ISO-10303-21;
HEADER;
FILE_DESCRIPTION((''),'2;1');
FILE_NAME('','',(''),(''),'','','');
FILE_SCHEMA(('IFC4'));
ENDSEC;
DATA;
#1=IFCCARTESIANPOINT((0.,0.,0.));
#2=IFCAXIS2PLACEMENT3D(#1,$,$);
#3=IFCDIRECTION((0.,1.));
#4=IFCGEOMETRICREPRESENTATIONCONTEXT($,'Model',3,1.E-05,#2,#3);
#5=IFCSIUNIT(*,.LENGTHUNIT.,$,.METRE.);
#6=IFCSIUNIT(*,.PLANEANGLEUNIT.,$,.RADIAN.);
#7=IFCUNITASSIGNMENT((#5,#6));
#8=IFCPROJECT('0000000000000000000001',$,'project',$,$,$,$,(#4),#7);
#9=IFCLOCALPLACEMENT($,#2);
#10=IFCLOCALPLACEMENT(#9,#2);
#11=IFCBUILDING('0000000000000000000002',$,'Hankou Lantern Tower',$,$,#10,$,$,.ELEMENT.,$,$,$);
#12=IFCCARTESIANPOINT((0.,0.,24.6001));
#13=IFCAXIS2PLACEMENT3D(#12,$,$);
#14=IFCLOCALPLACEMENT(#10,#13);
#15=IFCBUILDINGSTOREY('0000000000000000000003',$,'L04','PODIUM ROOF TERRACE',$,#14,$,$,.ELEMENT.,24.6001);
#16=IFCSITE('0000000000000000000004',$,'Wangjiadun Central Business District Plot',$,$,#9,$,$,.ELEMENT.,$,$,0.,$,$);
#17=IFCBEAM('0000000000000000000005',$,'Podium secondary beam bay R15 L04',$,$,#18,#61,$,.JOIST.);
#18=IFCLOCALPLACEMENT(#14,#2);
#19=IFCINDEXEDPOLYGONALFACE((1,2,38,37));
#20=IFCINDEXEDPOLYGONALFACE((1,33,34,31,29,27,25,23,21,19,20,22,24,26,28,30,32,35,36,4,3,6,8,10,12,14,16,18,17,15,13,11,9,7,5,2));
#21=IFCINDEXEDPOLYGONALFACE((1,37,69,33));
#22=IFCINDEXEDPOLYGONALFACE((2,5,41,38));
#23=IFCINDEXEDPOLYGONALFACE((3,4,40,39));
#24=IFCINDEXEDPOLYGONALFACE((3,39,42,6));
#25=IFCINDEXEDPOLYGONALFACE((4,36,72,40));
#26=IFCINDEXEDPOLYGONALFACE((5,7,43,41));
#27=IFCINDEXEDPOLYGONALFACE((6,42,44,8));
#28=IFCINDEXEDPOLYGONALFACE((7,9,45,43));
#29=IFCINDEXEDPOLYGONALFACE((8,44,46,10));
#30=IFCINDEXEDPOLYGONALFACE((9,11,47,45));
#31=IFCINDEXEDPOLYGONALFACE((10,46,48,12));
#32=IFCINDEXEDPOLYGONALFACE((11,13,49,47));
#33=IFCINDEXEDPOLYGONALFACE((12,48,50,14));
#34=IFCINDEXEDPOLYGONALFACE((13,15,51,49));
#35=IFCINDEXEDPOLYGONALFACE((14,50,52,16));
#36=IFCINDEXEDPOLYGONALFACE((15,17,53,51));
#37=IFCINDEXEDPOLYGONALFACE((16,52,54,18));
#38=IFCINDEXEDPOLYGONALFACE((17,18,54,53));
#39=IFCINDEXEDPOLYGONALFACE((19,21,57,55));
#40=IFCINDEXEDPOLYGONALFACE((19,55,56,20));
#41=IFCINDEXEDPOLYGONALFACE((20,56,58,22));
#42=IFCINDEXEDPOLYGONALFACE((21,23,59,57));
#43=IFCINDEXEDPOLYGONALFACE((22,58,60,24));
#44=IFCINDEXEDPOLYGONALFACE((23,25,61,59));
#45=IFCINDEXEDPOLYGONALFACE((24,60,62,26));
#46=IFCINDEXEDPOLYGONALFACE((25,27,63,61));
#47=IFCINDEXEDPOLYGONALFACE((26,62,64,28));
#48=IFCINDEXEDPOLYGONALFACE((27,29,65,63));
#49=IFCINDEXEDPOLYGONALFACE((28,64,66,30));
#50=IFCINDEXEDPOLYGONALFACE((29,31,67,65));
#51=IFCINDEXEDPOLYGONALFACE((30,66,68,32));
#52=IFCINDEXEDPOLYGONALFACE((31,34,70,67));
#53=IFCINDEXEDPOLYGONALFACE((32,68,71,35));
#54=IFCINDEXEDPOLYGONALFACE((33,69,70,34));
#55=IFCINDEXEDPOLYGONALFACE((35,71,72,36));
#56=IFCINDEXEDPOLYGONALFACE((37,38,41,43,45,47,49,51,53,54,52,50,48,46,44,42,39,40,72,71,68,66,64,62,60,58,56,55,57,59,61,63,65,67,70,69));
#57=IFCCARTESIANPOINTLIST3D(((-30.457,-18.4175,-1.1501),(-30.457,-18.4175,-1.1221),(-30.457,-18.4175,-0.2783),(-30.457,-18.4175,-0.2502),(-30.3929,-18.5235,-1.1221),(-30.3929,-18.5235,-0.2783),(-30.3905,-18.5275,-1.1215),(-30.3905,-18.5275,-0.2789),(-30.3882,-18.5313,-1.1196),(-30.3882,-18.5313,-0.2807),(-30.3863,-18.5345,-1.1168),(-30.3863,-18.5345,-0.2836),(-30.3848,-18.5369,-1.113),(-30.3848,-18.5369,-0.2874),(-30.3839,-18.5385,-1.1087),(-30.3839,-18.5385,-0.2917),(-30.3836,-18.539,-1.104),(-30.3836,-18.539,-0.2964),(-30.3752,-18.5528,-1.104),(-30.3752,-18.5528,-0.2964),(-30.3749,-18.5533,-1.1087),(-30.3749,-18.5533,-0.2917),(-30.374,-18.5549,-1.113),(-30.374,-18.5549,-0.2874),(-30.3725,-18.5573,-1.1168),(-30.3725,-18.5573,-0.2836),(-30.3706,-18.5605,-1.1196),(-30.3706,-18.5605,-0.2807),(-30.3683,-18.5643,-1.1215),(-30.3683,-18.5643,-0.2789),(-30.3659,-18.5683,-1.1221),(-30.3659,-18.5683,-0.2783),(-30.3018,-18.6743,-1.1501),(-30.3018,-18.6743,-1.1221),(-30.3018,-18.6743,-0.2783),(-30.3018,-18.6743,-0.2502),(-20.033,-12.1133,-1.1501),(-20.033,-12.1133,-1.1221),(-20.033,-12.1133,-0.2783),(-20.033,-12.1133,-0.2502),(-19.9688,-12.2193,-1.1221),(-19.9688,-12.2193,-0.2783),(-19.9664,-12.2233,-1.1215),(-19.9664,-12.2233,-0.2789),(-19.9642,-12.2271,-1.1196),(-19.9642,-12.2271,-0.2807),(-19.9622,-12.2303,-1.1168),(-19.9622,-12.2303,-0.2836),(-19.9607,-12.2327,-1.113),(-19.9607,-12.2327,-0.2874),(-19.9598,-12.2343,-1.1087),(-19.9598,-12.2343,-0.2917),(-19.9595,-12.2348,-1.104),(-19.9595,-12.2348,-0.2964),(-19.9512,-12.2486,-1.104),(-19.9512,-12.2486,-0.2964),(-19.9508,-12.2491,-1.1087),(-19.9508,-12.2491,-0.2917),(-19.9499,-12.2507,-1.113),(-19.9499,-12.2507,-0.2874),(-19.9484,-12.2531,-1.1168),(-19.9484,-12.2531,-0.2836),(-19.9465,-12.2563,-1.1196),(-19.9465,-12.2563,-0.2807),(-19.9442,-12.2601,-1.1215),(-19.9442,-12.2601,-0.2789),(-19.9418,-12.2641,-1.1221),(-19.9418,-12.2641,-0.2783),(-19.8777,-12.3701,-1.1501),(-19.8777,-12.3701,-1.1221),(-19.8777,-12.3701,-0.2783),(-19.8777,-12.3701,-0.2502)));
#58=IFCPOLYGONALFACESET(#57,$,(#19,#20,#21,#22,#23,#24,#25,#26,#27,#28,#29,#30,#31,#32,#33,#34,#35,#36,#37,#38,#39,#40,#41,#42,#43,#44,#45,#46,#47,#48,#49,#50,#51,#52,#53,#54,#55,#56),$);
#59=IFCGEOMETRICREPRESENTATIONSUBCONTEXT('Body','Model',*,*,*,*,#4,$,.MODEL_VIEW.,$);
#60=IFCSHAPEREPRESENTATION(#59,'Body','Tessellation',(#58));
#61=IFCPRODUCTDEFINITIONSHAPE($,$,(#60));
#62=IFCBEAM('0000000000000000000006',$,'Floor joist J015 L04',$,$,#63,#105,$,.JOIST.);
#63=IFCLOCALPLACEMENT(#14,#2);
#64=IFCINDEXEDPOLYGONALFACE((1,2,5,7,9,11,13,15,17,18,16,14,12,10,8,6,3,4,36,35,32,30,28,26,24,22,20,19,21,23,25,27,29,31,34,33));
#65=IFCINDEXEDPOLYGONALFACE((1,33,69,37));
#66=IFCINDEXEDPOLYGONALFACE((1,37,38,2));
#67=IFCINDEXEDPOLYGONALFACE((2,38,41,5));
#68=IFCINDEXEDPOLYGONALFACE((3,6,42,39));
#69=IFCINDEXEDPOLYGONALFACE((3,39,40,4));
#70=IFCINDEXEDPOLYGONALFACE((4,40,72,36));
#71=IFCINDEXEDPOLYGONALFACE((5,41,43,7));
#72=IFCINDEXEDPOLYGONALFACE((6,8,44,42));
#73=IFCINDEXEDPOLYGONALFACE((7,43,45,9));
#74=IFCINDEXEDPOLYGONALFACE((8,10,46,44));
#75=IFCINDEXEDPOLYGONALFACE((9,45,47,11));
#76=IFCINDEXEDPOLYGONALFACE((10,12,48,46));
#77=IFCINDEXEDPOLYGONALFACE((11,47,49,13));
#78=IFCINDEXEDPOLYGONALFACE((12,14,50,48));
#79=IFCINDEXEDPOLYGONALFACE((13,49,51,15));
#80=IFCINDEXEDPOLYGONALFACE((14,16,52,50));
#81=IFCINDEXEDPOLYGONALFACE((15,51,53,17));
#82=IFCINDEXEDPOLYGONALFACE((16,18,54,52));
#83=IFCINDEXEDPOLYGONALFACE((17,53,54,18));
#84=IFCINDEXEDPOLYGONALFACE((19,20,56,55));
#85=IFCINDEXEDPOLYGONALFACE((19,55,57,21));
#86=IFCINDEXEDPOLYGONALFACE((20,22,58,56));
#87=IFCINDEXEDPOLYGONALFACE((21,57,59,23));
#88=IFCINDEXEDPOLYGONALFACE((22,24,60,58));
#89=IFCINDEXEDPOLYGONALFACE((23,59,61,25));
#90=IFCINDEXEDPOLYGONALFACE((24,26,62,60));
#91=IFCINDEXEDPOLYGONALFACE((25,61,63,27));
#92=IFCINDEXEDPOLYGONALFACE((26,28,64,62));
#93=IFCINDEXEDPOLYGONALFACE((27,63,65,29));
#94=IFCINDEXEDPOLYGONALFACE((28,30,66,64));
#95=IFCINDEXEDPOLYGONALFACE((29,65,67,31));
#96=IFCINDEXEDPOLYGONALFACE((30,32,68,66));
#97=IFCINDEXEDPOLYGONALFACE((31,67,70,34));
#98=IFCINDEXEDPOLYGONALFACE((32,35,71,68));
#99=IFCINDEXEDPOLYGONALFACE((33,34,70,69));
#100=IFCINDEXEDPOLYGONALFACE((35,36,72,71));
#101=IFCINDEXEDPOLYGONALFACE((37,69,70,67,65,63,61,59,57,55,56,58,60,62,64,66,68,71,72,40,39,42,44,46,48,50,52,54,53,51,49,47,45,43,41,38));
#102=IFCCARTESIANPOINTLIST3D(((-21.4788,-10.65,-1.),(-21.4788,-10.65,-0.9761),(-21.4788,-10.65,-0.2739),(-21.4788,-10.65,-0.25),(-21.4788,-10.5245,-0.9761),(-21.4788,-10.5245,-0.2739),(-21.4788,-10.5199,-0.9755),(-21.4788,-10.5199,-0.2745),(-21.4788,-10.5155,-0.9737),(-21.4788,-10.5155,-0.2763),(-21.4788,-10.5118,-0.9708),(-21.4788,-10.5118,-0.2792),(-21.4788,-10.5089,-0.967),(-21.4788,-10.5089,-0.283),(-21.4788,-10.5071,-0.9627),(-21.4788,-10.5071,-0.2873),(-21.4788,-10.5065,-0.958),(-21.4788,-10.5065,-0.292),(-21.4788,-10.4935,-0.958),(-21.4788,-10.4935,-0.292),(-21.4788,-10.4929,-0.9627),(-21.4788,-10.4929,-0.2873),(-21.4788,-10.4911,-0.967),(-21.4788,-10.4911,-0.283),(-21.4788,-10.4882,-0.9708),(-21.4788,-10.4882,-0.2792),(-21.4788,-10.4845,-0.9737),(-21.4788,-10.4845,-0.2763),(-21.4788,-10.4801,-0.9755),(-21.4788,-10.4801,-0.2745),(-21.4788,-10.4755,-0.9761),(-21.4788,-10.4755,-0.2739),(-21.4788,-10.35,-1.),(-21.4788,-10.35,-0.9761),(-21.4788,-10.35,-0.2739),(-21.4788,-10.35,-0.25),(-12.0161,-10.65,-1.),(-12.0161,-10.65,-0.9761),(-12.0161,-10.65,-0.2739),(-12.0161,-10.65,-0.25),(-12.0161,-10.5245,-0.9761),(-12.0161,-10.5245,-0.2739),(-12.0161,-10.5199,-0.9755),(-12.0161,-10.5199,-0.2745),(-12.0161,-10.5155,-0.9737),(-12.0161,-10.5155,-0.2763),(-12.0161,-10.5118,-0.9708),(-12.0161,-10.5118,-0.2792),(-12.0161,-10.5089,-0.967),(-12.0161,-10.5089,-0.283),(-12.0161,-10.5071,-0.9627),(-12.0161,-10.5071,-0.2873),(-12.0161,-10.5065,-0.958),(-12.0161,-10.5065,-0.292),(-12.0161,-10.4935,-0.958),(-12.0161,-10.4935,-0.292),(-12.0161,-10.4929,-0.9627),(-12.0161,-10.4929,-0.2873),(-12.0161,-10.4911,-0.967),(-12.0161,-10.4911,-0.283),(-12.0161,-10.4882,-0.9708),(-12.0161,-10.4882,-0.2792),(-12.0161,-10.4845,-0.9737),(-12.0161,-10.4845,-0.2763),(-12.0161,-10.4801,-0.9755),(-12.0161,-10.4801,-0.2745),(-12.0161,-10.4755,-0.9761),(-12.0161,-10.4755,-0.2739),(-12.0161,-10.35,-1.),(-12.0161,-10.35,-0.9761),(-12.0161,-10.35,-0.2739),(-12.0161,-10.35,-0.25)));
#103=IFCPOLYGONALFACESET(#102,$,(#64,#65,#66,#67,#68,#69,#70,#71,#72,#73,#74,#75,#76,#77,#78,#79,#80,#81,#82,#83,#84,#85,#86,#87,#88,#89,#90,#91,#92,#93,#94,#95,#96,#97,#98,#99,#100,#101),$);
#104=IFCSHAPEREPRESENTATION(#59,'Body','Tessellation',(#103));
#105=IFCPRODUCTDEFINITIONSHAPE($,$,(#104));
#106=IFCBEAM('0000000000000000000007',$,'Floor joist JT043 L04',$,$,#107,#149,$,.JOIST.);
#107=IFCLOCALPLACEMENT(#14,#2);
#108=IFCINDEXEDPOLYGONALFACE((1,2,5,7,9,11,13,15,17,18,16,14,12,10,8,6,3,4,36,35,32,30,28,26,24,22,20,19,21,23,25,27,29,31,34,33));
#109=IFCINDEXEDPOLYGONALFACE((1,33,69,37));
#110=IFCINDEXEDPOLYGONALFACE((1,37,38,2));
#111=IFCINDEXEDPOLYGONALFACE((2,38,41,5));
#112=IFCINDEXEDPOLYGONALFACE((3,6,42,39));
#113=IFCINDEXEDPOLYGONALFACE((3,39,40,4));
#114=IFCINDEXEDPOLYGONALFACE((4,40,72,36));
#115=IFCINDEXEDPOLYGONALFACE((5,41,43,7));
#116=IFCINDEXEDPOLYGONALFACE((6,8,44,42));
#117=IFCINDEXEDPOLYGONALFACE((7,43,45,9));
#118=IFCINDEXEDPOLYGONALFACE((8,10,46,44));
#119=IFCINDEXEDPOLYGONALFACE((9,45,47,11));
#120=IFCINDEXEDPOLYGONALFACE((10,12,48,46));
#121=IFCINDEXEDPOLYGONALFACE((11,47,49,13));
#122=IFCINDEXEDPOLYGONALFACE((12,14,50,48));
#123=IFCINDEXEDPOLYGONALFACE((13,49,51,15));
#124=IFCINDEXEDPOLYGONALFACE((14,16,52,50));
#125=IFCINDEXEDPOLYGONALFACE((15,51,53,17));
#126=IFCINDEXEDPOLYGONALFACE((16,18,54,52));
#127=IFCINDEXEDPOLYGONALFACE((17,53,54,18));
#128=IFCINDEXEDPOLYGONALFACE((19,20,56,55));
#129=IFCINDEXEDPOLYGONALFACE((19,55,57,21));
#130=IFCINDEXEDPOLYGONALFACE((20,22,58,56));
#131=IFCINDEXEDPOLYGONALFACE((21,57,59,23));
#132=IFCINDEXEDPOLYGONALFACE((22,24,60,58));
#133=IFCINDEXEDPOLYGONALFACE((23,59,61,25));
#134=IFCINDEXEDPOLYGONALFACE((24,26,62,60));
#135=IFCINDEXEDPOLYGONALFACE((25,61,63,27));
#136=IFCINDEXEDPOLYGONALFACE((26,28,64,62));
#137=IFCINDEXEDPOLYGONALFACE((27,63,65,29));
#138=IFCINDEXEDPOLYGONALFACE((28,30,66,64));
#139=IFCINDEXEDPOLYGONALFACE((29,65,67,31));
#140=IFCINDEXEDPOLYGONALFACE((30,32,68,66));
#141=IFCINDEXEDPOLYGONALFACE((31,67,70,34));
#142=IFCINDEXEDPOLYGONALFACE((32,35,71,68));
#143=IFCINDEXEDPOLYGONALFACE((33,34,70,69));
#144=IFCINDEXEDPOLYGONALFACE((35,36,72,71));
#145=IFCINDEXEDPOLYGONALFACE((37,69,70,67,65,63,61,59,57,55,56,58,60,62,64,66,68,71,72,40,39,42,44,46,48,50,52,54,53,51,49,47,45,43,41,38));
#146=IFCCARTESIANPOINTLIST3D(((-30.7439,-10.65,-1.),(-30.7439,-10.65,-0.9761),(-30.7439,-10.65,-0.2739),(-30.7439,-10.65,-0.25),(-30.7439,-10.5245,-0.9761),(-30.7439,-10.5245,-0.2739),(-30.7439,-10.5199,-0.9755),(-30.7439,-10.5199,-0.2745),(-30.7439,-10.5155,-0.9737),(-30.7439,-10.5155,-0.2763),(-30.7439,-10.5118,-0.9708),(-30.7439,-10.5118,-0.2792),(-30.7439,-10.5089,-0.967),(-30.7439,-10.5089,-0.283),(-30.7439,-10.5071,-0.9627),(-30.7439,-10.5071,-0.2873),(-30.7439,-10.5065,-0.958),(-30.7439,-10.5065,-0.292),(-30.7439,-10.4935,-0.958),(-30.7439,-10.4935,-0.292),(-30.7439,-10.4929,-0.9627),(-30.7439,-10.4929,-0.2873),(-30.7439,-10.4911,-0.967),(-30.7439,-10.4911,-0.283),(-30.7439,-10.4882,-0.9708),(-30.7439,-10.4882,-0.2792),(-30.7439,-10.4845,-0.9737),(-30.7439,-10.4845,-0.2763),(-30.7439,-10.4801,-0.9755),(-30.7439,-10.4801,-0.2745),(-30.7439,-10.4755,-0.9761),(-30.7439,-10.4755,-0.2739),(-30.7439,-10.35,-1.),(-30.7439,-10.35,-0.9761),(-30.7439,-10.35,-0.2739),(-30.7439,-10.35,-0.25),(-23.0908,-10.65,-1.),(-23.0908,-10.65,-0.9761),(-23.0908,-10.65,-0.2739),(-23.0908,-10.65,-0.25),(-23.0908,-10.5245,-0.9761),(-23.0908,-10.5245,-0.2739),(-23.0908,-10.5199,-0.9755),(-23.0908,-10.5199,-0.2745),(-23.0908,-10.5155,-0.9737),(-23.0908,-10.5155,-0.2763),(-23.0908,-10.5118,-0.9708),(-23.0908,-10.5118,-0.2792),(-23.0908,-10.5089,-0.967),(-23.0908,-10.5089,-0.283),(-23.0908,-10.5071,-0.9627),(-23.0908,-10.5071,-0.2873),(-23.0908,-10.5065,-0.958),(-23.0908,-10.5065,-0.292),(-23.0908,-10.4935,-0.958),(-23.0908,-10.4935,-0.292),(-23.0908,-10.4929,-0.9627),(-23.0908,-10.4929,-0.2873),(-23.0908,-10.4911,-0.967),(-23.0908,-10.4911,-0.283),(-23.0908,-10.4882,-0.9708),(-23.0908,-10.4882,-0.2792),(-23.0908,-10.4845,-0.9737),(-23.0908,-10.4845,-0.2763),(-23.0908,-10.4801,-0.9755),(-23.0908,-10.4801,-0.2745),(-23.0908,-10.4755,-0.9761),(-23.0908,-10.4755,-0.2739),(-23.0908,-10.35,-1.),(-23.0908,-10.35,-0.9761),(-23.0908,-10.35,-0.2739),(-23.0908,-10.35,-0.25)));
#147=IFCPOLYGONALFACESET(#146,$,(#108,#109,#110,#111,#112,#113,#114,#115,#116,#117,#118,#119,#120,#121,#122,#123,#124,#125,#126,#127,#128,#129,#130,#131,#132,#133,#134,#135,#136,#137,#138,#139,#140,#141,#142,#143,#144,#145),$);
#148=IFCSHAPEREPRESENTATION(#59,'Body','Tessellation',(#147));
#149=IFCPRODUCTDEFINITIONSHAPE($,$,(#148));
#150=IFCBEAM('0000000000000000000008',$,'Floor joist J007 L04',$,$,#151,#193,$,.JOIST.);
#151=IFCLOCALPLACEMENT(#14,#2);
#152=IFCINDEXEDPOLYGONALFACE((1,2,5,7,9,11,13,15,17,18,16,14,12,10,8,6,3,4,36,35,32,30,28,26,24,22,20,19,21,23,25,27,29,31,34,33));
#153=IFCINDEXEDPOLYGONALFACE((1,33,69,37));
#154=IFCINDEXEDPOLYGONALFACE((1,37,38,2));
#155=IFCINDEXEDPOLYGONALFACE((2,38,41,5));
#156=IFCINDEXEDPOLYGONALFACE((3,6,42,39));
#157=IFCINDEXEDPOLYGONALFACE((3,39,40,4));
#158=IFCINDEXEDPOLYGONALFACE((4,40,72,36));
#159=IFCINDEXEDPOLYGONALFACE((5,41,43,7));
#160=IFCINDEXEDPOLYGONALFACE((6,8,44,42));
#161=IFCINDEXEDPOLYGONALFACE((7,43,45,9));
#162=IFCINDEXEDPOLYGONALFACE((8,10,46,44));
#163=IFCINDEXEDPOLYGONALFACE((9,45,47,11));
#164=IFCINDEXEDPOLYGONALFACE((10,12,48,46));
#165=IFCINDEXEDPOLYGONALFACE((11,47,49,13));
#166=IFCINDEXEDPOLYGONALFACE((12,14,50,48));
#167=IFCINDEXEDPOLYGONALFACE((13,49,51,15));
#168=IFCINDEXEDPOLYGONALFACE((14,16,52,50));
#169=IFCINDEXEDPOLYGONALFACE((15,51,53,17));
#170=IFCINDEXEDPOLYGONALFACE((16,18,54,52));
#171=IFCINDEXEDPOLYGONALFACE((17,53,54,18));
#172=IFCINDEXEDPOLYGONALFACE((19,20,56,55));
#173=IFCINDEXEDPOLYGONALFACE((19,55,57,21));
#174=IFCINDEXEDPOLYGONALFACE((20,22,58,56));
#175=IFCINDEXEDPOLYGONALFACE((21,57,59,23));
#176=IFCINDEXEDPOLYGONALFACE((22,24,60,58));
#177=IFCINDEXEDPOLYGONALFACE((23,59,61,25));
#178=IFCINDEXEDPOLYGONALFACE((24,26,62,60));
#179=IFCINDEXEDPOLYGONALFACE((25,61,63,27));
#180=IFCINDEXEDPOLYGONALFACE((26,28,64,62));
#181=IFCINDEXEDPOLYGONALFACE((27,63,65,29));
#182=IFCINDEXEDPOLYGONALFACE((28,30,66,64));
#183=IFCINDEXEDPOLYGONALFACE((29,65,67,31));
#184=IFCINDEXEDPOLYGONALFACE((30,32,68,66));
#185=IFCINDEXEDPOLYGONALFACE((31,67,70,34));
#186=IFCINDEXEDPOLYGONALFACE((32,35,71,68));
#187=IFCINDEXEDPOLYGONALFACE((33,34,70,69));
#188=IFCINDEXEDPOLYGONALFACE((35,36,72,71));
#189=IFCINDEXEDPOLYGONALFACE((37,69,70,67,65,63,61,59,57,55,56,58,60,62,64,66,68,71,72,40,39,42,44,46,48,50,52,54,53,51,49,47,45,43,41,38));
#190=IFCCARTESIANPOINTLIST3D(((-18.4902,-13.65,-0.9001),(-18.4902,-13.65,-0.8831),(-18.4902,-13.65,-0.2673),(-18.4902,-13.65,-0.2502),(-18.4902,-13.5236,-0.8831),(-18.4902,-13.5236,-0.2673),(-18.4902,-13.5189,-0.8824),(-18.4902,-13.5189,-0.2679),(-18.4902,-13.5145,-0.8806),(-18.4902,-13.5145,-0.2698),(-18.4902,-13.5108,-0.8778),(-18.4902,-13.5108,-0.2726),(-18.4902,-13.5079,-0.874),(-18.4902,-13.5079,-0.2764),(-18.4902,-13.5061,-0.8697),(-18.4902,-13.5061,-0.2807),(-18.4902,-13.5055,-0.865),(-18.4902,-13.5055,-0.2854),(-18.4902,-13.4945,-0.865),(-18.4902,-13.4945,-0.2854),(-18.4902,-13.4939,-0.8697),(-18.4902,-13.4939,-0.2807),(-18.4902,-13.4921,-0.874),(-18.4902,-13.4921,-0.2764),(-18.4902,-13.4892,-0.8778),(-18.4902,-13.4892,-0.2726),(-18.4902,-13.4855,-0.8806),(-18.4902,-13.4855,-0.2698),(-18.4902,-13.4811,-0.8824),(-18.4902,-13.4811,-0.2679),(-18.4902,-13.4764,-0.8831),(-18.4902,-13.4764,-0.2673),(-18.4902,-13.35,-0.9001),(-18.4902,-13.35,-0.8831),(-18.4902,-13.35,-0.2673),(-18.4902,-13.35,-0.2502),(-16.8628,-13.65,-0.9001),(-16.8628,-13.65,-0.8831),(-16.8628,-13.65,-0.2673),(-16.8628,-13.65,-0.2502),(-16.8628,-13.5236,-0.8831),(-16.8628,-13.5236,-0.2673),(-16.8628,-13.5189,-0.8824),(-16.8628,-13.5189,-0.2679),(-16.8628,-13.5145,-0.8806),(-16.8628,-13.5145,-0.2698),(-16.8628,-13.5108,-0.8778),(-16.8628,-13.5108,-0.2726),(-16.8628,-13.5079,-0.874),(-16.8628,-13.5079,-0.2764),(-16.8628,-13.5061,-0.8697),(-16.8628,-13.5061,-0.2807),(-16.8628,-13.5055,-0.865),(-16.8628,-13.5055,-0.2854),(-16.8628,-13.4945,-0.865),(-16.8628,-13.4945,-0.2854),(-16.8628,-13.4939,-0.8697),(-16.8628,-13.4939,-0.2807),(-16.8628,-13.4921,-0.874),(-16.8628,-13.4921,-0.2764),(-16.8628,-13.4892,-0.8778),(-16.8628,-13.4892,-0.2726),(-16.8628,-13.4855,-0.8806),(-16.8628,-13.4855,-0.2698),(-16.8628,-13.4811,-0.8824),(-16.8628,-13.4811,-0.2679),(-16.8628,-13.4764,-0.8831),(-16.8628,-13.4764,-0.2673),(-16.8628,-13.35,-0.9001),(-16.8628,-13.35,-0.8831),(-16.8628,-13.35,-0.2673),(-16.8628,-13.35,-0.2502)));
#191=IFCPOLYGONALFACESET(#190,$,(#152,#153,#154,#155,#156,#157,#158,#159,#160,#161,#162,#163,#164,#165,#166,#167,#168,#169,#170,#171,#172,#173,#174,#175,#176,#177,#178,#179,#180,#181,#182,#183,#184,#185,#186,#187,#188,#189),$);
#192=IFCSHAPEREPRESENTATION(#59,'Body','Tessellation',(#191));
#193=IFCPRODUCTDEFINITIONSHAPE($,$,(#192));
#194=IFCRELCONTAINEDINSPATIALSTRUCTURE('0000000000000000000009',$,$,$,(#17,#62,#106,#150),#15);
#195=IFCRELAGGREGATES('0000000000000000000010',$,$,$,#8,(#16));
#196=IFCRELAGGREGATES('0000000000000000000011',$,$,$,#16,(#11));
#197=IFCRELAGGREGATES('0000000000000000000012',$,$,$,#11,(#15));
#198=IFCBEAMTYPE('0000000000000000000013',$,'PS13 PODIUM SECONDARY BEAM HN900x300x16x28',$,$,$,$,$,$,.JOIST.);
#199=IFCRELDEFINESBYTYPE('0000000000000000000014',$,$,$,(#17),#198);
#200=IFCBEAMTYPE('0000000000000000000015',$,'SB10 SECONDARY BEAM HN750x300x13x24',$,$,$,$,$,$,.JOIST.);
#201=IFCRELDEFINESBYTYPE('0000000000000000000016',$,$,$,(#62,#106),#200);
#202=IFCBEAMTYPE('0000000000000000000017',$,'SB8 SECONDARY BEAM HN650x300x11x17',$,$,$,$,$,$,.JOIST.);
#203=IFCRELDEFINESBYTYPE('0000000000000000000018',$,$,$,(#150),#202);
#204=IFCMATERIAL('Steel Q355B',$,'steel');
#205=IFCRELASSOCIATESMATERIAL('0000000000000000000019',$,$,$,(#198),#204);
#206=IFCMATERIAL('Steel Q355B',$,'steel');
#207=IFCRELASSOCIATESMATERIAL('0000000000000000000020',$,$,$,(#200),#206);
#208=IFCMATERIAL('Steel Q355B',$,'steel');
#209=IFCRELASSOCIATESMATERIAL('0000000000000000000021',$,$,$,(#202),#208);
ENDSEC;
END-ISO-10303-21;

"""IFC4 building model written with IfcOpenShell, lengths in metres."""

from ifc_helpers import new_model, si_unit, direction, frame, origin, origin_2d, place, context, subcontext, project, spatial, i_section, extrude, material, material_profile, profile_set, type_object, element, save


model = new_model("IFC4")

# Units and contexts
model_context = context("Model", 3, precision=1e-05, world=origin(), true_north=direction((0.0, 1.0)))
body_context = subcontext(model_context, "Body", "Model", "MODEL_VIEW")
ifc_project = project(units=[si_unit("LENGTHUNIT", "METRE"), si_unit("PLANEANGLEUNIT", "RADIAN")], contexts=[model_context])

# Site, building, storey
site_placement = place(None, origin())
site = spatial("IfcSite", under=ifc_project, at=site_placement, Name="Wangjiadun Central Business District Plot", CompositionType="ELEMENT", RefElevation=0.0)
building_placement = place(site_placement, origin())
building = spatial("IfcBuilding", under=site, at=building_placement, Name="Hankou Lantern Tower", CompositionType="ELEMENT")
storey_placement = place(building_placement, frame((0.0, 0.0, 24.6001)))
storey = spatial("IfcBuildingStorey", under=building, at=storey_placement, Name="L04", Description="PODIUM ROOF TERRACE", CompositionType="ELEMENT", Elevation=24.6001)

# Beams
ifc_material_1 = material(Name="Steel Q355B", Category="steel")
ifc_material_profile_1 = material_profile(ifc_material_1, i_section(OverallWidth=0.3, OverallDepth=0.8999, WebThickness=0.0161, FlangeThickness=0.0281, FilletRadius=0.0181, at=origin_2d()), Name="HN900x300x16x28")
ifc_profile_set_1 = profile_set([ifc_material_profile_1], Name="Steel Q355B")
beam_type_1 = type_object("IfcBeamType", Name="PS13 PODIUM SECONDARY BEAM HN900x300x16x28", PredefinedType="JOIST", material=ifc_profile_set_1)
beam_1_placement = place(storey_placement, frame((-19.9553, -12.2417, -0.7002), z_axis=(-0.855686, -0.517496, 0.0), x_axis=(0.517496, -0.855686, 0.0)))
element("IfcBeam", 1, at=beam_1_placement, inside=storey, type_object=beam_type_1, Name="Podium secondary beam bay R15 L04", PredefinedType="JOIST", context=body_context, shape_type="SweptSolid", body=[
    extrude(i_section(OverallWidth=0.3, OverallDepth=0.8999, WebThickness=0.0161, FlangeThickness=0.0281, FilletRadius=0.0181, at=origin_2d()), origin(), (0.0, 0.0, 1.0), 12.1821),
])
ifc_material_2 = material(Name="Steel Q355B", Category="steel")
ifc_material_profile_2 = material_profile(ifc_material_2, i_section(OverallWidth=0.3, OverallDepth=0.75, WebThickness=0.0129, FlangeThickness=0.0239, FilletRadius=0.0181, at=origin_2d()), Name="HN750x300x13x24")
ifc_profile_set_2 = profile_set([ifc_material_profile_2], Name="Steel Q355B")
beam_type_2 = type_object("IfcBeamType", Name="SB10 SECONDARY BEAM HN750x300x13x24", PredefinedType="JOIST", material=ifc_profile_set_2)
beam_2_placement = place(storey_placement, frame((-21.4788, -10.5, -0.625), z_axis=(1.0, 0.0, 0.0), x_axis=(0.0, 1.0, 0.0)))
element("IfcBeam", 2, at=beam_2_placement, inside=storey, type_object=beam_type_2, Name="Floor joist J015 L04", PredefinedType="JOIST", context=body_context, shape_type="SweptSolid", body=[
    extrude(i_section(OverallWidth=0.3, OverallDepth=0.75, WebThickness=0.0129, FlangeThickness=0.0239, FilletRadius=0.0181, at=origin_2d()), origin(), (0.0, 0.0, 1.0), 9.4626),
])
beam_3_placement = place(storey_placement, frame((-30.7439, -10.5, -0.625), z_axis=(1.0, 0.0, 0.0), x_axis=(0.0, 1.0, 0.0)))
element("IfcBeam", 3, at=beam_3_placement, inside=storey, type_object=beam_type_2, Name="Floor joist JT043 L04", PredefinedType="JOIST", context=body_context, shape_type="SweptSolid", body=[
    extrude(i_section(OverallWidth=0.3, OverallDepth=0.75, WebThickness=0.0129, FlangeThickness=0.0239, FilletRadius=0.0181, at=origin_2d()), origin(), (0.0, 0.0, 1.0), 7.6531),
])
ifc_material_3 = material(Name="Steel Q355B", Category="steel")
ifc_material_profile_3 = material_profile(ifc_material_3, i_section(OverallWidth=0.3, OverallDepth=0.6499, WebThickness=0.011, FlangeThickness=0.0171, FilletRadius=0.0181, at=origin_2d()), Name="HN650x300x11x17")
ifc_profile_set_3 = profile_set([ifc_material_profile_3], Name="Steel Q355B")
beam_type_3 = type_object("IfcBeamType", Name="SB8 SECONDARY BEAM HN650x300x11x17", PredefinedType="JOIST", material=ifc_profile_set_3)
beam_4_placement = place(storey_placement, frame((-18.4902, -13.5, -0.5752), z_axis=(1.0, 0.0, 0.0), x_axis=(0.0, 1.0, 0.0)))
element("IfcBeam", 4, at=beam_4_placement, inside=storey, type_object=beam_type_3, Name="Floor joist J007 L04", PredefinedType="JOIST", context=body_context, shape_type="SweptSolid", body=[
    extrude(i_section(OverallWidth=0.3, OverallDepth=0.6499, WebThickness=0.011, FlangeThickness=0.0171, FilletRadius=0.0181, at=origin_2d()), origin(), (0.0, 0.0, 1.0), 1.6274),
])

save(model, "model.ifc")
